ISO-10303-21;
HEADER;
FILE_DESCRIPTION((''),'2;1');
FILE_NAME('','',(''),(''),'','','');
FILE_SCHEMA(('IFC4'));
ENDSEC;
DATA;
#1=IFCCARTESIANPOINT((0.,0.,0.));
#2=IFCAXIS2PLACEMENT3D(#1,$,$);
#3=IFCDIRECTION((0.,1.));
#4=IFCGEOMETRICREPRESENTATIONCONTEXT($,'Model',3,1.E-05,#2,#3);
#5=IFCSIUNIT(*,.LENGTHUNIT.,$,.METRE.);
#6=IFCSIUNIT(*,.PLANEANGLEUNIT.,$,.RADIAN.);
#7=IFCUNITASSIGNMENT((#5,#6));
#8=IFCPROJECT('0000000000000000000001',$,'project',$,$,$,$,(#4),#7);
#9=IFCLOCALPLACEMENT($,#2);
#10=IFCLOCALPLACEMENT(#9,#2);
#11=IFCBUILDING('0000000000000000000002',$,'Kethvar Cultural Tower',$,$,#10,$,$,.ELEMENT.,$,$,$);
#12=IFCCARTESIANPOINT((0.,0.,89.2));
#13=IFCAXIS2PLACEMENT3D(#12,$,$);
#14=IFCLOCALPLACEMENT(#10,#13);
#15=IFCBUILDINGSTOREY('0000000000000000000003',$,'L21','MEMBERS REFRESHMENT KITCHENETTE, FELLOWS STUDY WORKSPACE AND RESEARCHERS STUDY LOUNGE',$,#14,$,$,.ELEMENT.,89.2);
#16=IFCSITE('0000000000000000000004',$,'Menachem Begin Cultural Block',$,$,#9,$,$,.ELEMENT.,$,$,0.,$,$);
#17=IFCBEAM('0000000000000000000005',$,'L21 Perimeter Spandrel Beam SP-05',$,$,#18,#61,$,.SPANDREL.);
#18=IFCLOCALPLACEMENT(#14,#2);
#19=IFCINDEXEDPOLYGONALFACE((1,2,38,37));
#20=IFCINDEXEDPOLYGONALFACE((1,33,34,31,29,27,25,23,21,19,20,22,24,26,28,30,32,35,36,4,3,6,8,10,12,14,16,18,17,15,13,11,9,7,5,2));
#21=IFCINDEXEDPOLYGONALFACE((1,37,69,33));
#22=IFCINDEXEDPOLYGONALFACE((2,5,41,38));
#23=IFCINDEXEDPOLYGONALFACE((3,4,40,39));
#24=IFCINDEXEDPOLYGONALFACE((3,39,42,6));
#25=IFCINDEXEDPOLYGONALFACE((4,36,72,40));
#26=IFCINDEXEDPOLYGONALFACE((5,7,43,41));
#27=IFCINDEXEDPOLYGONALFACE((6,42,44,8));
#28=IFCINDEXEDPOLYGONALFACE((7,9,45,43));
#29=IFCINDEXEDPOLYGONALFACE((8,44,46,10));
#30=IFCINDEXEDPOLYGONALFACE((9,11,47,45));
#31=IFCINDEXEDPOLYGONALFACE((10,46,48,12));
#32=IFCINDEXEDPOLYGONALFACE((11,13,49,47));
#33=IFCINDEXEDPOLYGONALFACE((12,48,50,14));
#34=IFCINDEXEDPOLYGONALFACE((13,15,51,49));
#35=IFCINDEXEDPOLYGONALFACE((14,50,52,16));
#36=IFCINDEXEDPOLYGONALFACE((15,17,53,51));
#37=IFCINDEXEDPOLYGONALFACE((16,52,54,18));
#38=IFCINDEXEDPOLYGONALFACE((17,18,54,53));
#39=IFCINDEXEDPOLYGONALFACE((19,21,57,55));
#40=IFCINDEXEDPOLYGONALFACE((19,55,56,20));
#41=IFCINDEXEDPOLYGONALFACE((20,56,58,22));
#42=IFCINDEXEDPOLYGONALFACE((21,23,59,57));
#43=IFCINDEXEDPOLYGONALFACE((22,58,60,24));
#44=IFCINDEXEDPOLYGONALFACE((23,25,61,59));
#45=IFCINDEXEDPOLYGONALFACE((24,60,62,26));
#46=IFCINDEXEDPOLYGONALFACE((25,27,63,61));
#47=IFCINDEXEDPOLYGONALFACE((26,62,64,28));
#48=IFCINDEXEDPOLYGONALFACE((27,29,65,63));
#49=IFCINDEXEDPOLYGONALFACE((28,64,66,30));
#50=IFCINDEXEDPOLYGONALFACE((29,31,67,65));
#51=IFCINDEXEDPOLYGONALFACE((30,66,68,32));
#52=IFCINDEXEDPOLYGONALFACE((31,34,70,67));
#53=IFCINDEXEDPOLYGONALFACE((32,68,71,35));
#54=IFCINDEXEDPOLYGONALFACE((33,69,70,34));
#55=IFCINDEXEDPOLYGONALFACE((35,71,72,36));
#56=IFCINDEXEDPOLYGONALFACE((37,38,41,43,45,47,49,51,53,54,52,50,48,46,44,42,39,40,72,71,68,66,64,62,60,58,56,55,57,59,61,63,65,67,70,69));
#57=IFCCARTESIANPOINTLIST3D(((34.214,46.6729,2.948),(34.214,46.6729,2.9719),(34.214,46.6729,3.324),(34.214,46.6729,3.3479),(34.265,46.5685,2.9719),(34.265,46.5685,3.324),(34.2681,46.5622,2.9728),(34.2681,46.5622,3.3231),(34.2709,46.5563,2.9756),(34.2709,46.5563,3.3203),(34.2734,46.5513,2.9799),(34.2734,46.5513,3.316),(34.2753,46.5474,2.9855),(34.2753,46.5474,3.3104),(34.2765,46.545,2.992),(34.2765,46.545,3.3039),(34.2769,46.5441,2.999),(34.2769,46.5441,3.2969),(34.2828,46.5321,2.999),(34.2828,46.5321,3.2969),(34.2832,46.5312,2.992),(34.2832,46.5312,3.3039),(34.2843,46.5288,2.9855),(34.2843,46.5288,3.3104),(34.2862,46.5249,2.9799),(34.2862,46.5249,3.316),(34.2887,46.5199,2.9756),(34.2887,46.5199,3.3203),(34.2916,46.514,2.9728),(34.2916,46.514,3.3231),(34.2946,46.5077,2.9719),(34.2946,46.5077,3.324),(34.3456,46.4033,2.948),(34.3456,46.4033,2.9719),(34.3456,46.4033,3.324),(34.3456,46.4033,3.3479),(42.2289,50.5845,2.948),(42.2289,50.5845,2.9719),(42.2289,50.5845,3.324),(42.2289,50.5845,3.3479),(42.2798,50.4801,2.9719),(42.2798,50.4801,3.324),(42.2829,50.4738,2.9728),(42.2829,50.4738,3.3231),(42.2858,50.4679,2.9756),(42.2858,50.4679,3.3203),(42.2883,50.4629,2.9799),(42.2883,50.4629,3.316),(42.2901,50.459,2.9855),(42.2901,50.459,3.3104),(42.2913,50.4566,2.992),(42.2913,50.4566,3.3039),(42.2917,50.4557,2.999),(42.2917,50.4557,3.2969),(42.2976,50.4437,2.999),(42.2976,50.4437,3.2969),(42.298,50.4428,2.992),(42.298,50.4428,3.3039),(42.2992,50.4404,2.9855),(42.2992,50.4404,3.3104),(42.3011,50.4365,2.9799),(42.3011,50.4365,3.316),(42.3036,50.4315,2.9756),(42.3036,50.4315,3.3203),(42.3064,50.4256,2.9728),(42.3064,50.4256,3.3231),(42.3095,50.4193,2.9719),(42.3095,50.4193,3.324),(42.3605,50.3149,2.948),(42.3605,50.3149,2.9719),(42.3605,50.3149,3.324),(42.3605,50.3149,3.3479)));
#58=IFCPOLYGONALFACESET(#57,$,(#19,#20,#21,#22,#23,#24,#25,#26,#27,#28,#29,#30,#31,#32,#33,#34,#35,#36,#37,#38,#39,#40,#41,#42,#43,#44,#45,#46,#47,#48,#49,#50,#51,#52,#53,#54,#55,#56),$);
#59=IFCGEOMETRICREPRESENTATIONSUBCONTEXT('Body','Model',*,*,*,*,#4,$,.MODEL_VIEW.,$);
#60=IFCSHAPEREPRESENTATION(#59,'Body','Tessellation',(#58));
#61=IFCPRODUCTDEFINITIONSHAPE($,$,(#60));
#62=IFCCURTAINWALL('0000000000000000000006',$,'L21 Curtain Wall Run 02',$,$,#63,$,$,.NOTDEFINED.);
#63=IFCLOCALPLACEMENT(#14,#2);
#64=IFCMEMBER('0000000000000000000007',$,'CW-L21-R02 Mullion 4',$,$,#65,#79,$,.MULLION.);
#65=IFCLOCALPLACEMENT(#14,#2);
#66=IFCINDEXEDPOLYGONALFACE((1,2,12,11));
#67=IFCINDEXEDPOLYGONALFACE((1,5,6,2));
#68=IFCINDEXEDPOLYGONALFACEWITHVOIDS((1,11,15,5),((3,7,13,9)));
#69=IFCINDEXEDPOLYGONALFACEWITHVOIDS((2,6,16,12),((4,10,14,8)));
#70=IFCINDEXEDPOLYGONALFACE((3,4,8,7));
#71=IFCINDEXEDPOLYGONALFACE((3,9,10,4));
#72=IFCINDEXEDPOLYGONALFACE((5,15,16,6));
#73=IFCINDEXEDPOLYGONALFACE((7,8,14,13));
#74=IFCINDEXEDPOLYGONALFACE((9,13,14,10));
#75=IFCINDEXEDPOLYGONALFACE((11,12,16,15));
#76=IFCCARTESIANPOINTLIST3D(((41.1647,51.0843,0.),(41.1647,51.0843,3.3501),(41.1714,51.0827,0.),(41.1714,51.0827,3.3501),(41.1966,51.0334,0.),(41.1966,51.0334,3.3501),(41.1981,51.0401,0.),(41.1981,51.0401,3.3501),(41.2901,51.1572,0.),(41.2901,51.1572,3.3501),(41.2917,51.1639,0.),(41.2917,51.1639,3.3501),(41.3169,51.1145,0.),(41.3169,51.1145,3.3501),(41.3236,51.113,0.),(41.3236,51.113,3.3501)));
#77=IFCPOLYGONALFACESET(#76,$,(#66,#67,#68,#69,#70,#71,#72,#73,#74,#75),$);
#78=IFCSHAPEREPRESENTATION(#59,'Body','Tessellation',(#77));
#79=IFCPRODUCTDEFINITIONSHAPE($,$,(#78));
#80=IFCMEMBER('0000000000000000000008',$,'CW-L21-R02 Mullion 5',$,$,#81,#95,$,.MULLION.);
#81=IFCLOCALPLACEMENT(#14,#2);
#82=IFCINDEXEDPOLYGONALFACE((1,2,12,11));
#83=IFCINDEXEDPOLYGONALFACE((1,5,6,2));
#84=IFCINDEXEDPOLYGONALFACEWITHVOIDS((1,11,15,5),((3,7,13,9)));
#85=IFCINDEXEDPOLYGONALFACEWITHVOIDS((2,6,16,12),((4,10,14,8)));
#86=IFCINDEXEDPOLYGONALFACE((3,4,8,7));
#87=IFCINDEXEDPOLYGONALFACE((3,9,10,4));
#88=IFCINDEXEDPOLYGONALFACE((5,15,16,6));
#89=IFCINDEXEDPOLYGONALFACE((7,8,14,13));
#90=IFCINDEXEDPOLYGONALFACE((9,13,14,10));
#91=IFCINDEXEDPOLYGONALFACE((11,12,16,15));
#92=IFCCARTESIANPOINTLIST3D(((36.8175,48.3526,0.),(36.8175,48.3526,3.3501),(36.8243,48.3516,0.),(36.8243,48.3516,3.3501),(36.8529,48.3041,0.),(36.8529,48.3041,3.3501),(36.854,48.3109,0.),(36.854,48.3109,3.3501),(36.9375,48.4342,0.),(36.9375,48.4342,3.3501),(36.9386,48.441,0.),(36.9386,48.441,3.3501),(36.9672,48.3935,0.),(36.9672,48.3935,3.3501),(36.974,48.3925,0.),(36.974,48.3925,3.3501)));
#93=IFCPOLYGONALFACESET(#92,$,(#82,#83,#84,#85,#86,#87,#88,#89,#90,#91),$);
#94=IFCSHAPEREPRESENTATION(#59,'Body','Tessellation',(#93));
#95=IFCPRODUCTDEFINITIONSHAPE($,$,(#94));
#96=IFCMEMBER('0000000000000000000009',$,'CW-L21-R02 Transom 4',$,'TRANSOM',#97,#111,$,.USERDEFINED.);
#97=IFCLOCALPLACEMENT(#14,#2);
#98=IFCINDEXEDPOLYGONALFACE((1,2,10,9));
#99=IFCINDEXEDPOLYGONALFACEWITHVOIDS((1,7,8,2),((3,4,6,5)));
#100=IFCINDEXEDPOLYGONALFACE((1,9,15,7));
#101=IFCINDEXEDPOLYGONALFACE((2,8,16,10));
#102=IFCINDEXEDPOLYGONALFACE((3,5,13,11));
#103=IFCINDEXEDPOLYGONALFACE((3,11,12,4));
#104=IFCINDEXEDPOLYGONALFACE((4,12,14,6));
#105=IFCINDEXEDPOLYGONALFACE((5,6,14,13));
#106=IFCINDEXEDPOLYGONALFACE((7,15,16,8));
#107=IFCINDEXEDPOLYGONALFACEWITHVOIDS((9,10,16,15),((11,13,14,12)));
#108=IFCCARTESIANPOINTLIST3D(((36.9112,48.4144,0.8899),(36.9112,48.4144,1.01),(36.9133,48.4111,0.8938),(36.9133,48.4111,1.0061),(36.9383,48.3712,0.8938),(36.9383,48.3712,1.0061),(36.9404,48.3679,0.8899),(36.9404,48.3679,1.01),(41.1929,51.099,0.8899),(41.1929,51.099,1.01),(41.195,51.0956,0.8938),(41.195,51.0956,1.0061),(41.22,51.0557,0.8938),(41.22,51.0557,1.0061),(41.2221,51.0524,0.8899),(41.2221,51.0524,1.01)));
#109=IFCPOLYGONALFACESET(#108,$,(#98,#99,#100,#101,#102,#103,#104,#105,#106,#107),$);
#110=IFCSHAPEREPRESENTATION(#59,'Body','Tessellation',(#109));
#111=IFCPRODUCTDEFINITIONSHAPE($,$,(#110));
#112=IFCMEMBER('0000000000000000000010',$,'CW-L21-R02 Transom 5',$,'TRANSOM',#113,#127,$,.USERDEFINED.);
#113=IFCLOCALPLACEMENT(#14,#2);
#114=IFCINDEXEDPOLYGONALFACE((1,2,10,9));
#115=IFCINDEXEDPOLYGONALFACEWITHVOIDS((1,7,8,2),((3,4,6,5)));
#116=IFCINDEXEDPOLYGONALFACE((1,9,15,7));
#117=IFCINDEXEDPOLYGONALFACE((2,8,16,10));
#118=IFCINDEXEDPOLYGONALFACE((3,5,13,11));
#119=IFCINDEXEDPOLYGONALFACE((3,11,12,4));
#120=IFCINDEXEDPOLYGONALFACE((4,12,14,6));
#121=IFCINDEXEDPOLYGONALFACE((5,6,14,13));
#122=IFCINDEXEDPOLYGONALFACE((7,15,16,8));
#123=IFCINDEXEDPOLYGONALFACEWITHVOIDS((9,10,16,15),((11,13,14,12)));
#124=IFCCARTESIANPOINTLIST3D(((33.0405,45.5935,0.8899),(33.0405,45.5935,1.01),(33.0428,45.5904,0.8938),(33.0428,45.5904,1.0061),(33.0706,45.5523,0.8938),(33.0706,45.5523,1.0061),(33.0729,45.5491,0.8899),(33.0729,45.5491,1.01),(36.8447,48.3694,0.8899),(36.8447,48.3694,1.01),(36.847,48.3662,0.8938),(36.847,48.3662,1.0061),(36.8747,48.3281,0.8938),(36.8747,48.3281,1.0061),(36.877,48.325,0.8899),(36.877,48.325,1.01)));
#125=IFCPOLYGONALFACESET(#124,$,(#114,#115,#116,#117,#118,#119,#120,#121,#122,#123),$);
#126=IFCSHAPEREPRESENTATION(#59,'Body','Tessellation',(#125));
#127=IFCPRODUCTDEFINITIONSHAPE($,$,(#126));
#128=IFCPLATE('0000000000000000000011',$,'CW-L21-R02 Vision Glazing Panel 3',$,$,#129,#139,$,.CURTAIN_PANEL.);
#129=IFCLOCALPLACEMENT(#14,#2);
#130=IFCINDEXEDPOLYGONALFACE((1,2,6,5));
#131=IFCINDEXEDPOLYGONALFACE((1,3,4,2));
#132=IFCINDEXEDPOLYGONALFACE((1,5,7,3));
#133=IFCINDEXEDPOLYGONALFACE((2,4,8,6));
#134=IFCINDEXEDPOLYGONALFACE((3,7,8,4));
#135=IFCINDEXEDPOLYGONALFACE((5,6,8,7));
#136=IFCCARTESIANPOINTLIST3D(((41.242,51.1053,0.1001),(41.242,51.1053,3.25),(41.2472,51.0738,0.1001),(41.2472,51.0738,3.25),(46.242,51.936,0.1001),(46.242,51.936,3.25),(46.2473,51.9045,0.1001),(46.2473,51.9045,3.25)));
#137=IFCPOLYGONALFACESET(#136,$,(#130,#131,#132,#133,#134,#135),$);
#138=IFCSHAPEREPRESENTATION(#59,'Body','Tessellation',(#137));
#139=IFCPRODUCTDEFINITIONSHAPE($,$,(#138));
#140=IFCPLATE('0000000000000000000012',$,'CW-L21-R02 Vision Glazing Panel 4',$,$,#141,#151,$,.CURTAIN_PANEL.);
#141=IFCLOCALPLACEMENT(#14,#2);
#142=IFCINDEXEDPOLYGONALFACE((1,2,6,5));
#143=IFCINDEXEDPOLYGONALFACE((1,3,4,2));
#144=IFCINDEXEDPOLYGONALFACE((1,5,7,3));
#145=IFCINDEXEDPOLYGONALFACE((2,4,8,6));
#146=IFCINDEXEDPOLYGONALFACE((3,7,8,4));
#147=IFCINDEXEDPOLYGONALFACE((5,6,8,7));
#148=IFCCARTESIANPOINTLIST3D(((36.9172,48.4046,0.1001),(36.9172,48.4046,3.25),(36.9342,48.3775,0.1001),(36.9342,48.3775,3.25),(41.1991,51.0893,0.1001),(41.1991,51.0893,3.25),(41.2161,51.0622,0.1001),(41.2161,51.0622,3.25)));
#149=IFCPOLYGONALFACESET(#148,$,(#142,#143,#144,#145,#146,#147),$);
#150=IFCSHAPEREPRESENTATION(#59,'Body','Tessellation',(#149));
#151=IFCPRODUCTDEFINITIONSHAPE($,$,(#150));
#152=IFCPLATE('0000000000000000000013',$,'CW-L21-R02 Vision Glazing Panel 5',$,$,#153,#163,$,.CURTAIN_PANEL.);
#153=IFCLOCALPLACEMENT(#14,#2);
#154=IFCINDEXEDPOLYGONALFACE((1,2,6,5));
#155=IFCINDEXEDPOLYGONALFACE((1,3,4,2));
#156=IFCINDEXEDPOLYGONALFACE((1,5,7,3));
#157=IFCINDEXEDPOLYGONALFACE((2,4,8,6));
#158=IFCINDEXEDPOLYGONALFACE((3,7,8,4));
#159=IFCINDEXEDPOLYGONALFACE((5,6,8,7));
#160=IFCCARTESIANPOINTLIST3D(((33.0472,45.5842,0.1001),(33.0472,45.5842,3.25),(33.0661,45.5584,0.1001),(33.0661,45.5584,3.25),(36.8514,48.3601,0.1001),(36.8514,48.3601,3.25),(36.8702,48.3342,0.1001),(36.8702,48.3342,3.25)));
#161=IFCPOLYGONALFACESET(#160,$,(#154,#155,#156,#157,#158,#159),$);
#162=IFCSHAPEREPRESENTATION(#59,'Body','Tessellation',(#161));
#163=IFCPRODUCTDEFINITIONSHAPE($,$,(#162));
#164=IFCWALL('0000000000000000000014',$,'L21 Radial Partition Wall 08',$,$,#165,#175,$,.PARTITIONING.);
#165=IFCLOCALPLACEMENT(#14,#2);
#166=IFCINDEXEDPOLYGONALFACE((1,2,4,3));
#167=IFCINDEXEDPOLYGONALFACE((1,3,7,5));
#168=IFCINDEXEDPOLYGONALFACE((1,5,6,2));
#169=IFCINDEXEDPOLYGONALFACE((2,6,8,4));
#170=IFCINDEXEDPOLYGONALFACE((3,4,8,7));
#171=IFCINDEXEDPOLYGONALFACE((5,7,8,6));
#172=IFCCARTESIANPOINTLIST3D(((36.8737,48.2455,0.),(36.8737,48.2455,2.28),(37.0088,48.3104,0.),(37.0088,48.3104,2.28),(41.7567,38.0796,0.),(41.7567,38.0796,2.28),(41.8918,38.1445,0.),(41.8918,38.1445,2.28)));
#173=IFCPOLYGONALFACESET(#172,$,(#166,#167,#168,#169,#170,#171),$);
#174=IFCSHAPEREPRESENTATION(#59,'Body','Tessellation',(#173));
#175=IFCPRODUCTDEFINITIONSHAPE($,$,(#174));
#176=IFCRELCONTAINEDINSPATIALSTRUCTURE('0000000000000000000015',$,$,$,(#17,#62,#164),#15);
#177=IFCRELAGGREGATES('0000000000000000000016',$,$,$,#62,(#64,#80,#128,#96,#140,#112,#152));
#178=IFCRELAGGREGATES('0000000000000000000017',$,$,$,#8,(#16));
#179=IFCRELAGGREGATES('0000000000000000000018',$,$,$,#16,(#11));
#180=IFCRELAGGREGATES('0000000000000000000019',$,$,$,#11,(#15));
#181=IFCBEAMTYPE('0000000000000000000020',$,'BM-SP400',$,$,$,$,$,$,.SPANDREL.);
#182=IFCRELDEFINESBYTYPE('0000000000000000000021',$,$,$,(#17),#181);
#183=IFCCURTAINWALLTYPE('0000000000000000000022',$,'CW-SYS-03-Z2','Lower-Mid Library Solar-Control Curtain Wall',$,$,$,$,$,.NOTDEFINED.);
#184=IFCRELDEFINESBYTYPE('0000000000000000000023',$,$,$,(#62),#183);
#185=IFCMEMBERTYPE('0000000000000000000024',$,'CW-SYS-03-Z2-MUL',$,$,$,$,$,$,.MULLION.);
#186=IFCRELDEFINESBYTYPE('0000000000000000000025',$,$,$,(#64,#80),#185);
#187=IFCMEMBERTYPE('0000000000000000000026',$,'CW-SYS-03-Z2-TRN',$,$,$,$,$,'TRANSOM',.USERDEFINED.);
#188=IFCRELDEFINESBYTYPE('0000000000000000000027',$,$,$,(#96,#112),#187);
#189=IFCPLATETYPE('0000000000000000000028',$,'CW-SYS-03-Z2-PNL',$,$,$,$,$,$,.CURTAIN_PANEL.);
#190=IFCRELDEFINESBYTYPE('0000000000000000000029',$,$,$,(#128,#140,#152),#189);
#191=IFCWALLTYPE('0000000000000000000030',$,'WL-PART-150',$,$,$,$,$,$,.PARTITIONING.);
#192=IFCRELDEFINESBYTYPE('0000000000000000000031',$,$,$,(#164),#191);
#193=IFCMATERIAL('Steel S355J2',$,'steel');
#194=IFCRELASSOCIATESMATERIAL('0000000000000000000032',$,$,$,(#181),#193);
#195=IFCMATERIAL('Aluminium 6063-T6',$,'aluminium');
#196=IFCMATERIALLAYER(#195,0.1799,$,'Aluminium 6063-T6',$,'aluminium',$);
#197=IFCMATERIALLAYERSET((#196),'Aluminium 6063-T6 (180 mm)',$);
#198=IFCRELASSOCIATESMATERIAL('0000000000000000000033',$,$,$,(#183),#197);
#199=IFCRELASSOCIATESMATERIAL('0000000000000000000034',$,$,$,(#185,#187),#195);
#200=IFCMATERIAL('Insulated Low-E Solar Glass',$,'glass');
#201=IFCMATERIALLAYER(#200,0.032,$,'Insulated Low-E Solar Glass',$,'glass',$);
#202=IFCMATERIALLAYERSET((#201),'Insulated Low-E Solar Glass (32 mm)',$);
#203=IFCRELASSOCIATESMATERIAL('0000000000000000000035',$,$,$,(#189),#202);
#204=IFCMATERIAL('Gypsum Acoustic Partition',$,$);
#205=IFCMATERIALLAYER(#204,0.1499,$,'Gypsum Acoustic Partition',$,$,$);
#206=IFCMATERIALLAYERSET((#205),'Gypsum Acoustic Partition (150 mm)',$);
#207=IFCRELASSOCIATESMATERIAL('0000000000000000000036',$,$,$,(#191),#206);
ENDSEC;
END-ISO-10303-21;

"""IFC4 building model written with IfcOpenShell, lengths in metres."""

from ifc_helpers import new_model, si_unit, direction, frame, frame_2d, origin, origin_2d, place, context, subcontext, project, spatial, rectangle, hollow_rectangle, i_section, extrude, source, transform, mapped, material, layer, layer_set, material_profile, profile_set, type_object, element, aggregate, save


model = new_model("IFC4")

# Units and contexts
model_context = context("Model", 3, precision=1e-05, world=origin(), true_north=direction((0.0, 1.0)))
body_context = subcontext(model_context, "Body", "Model", "MODEL_VIEW")
ifc_project = project(units=[si_unit("LENGTHUNIT", "METRE"), si_unit("PLANEANGLEUNIT", "RADIAN")], contexts=[model_context])

# Site, building, storey
site_placement = place(None, origin())
site = spatial("IfcSite", under=ifc_project, at=site_placement, Name="Menachem Begin Cultural Block", CompositionType="ELEMENT", RefElevation=0.0)
building_placement = place(site_placement, origin())
building = spatial("IfcBuilding", under=site, at=building_placement, Name="Kethvar Cultural Tower", CompositionType="ELEMENT")
storey_placement = place(building_placement, frame((0.0, 0.0, 89.2)))
storey = spatial("IfcBuildingStorey", under=building, at=storey_placement, Name="L21", Description="MEMBERS REFRESHMENT KITCHENETTE, FELLOWS STUDY WORKSPACE AND RESEARCHERS STUDY LOUNGE", CompositionType="ELEMENT", Elevation=89.2)

# Beam
ifc_material_1 = material(Name="Steel S355J2", Category="steel")
ifc_material_profile_1 = material_profile(ifc_material_1, i_section(OverallWidth=0.3, OverallDepth=0.3999, WebThickness=0.0134, FlangeThickness=0.0239, FilletRadius=0.0271, at=origin_2d()), Name="Steel S355J2 — HEB400")
ifc_profile_set_1 = profile_set([ifc_material_profile_1], Name="Steel S355J2 — HEB400")
beam_type_1 = type_object("IfcBeamType", Name="BM-SP400", PredefinedType="SPANDREL", material=ifc_profile_set_1)
shared_shape_1 = source(origin(), body_context, "Body", "SweptSolid", [
    extrude(i_section(OverallWidth=0.3, OverallDepth=0.3999, WebThickness=0.0134, FlangeThickness=0.0239, FilletRadius=0.0271, at=origin_2d()), origin(), (0.0, 0.0, 1.0), 8.9185),
])
beam_1_placement = place(storey_placement, frame((42.2947, 50.4497, 3.1479), z_axis=(-0.898684, -0.438597, 0.0), x_axis=(0.438597, -0.898684, 0.0)))
element("IfcBeam", 1, at=beam_1_placement, inside=storey, type_object=beam_type_1, Name="L21 Perimeter Spandrel Beam SP-05", PredefinedType="SPANDREL", context=body_context, shape_type="MappedRepresentation", body=[
    mapped(shared_shape_1, transform((0.0, 0.0, 0.0), scale=1.0)),
])

# Curtain wall, members, plates
ifc_material_2 = material(Name="Aluminium 6063-T6", Category="aluminium")
ifc_layer_1 = layer(ifc_material_2, 0.1799, Name="Aluminium 6063-T6", Category="aluminium")
ifc_layer_set_1 = layer_set([ifc_layer_1], Name="Aluminium 6063-T6 (180 mm)")
curtain_wall_type = type_object("IfcCurtainWallType", Name="CW-SYS-03-Z2", Description="Lower-Mid Library Solar-Control Curtain Wall", PredefinedType="NOTDEFINED", material=ifc_layer_set_1)
curtain_wall_placement = place(storey_placement, origin())
curtain_wall = element("IfcCurtainWall", 2, at=curtain_wall_placement, inside=storey, type_object=curtain_wall_type, Name="L21 Curtain Wall Run 02", PredefinedType="NOTDEFINED")
ifc_material_profile_2 = material_profile(ifc_material_2, hollow_rectangle(XDim=0.0601, YDim=0.1499, WallThickness=0.0049, at=origin_2d()), Name="Aluminium 6063-T6 — RHS150x60x5")
ifc_profile_set_2 = profile_set([ifc_material_profile_2], Name="Aluminium 6063-T6 — RHS150x60x5")
member_type_1 = type_object("IfcMemberType", Name="CW-SYS-03-Z2-MUL", PredefinedType="MULLION", material=ifc_profile_set_2)
shared_shape_2 = source(origin(), body_context, "Body", "SweptSolid", [
    extrude(hollow_rectangle(XDim=0.0601, YDim=0.1499, WallThickness=0.0049, at=origin_2d()), origin(), (0.0, 0.0, 1.0), 3.3501),
])
member_1_placement = place(storey_placement, frame((41.2441, 51.0986, 0.0), z_axis=(0.0, 0.0, 1.0), x_axis=(0.531192, -0.847252, 0.0)))
member_1 = element("IfcMember", 3, at=member_1_placement, type_object=member_type_1, Name="CW-L21-R02 Mullion 4", PredefinedType="MULLION", context=body_context, shape_type="MappedRepresentation", body=[
    mapped(shared_shape_2, transform((0.0, 0.0, 0.0), scale=1.0)),
])
member_2_placement = place(storey_placement, frame((36.8958, 48.3726, 0.0), z_axis=(0.0, 0.0, 1.0), x_axis=(0.58945, -0.807805, 0.0)))
member_2 = element("IfcMember", 4, at=member_2_placement, type_object=member_type_1, Name="CW-L21-R02 Mullion 5", PredefinedType="MULLION", context=body_context, shape_type="MappedRepresentation", body=[
    mapped(shared_shape_2, transform((0.0, 0.0, 0.0), scale=1.0)),
])
ifc_material_profile_3 = material_profile(ifc_material_2, hollow_rectangle(XDim=0.0549, YDim=0.1201, WallThickness=0.0039, at=origin_2d()), Name="Aluminium 6063-T6 — RHS120x55x4")
ifc_profile_set_3 = profile_set([ifc_material_profile_3], Name="Aluminium 6063-T6 — RHS120x55x4")
member_type_2 = type_object("IfcMemberType", Name="CW-SYS-03-Z2-TRN", ElementType="TRANSOM", PredefinedType="USERDEFINED", material=ifc_profile_set_3)
shared_shape_3 = source(origin(), body_context, "Body", "SweptSolid", [
    extrude(hollow_rectangle(XDim=0.0549, YDim=0.1201, WallThickness=0.0039, at=origin_2d()), origin(), (0.0, 0.0, 1.0), 5.0537),
])
member_3_placement = place(storey_placement, frame((41.2075, 51.0757, 0.95), z_axis=(-0.847243, -0.531206, 0.0), x_axis=(0.531206, -0.847243, 0.0)))
member_3 = element("IfcMember", 5, at=member_3_placement, type_object=member_type_2, Name="CW-L21-R02 Transom 4", ObjectType="TRANSOM", PredefinedType="USERDEFINED", context=body_context, shape_type="MappedRepresentation", body=[
    mapped(shared_shape_3, transform((0.0, 0.0, 0.0), scale=1.0)),
])
shared_shape_4 = source(origin(), body_context, "Body", "SweptSolid", [
    extrude(hollow_rectangle(XDim=0.0549, YDim=0.1201, WallThickness=0.0039, at=origin_2d()), origin(), (0.0, 0.0, 1.0), 4.7092),
])
member_4_placement = place(storey_placement, frame((36.8608, 48.3472, 0.95), z_axis=(-0.807807, -0.589447, 0.0), x_axis=(0.589447, -0.807807, 0.0)))
member_4 = element("IfcMember", 6, at=member_4_placement, type_object=member_type_2, Name="CW-L21-R02 Transom 5", ObjectType="TRANSOM", PredefinedType="USERDEFINED", context=body_context, shape_type="MappedRepresentation", body=[
    mapped(shared_shape_4, transform((0.0, 0.0, 0.0), scale=1.0)),
])
ifc_material_3 = material(Name="Insulated Low-E Solar Glass", Category="glass")
ifc_layer_2 = layer(ifc_material_3, 0.032, Name="Insulated Low-E Solar Glass", Category="glass")
ifc_layer_set_2 = layer_set([ifc_layer_2], Name="Insulated Low-E Solar Glass (32 mm)")
plate_type = type_object("IfcPlateType", Name="CW-SYS-03-Z2-PNL", PredefinedType="CURTAIN_PANEL", material=ifc_layer_set_2)
shared_shape_5 = source(origin(), body_context, "Body", "SweptSolid", [
    extrude(rectangle(XDim=5.0686, YDim=0.032, at=origin_2d()), origin(), (0.0, 0.0, 1.0), 3.1499),
])
plate_1_placement = place(storey_placement, frame((43.7446, 51.5049, 0.1001), z_axis=(0.0, 0.0, 1.0), x_axis=(-0.986478, -0.163894, 0.0)))
plate_1 = element("IfcPlate", 7, at=plate_1_placement, type_object=plate_type, Name="CW-L21-R02 Vision Glazing Panel 3", PredefinedType="CURTAIN_PANEL", context=body_context, shape_type="MappedRepresentation", body=[
    mapped(shared_shape_5, transform((0.0, 0.0, 0.0), scale=1.0)),
])
shared_shape_6 = source(origin(), body_context, "Body", "SweptSolid", [
    extrude(rectangle(XDim=5.054, YDim=0.032, at=origin_2d()), origin(), (0.0, 0.0, 1.0), 3.1499),
])
plate_2_placement = place(storey_placement, frame((39.0667, 49.7334, 0.1001), z_axis=(0.0, 0.0, 1.0), x_axis=(-0.847252, -0.531192, 0.0)))
plate_2 = element("IfcPlate", 8, at=plate_2_placement, type_object=plate_type, Name="CW-L21-R02 Vision Glazing Panel 4", PredefinedType="CURTAIN_PANEL", context=body_context, shape_type="MappedRepresentation", body=[
    mapped(shared_shape_6, transform((0.0, 0.0, 0.0), scale=1.0)),
])
shared_shape_7 = source(origin(), body_context, "Body", "SweptSolid", [
    extrude(rectangle(XDim=4.7092, YDim=0.032, at=origin_2d()), origin(), (0.0, 0.0, 1.0), 3.1499),
])
plate_3_placement = place(storey_placement, frame((34.9587, 46.9592, 0.1001), z_axis=(0.0, 0.0, 1.0), x_axis=(-0.807805, -0.58945, 0.0)))
plate_3 = element("IfcPlate", 9, at=plate_3_placement, type_object=plate_type, Name="CW-L21-R02 Vision Glazing Panel 5", PredefinedType="CURTAIN_PANEL", context=body_context, shape_type="MappedRepresentation", body=[
    mapped(shared_shape_7, transform((0.0, 0.0, 0.0), scale=1.0)),
])
aggregate(curtain_wall, [member_1, member_2, plate_1, member_3, plate_2, member_4, plate_3])

# Wall
ifc_material_4 = material(Name="Gypsum Acoustic Partition")
ifc_layer_3 = layer(ifc_material_4, 0.1499, Name="Gypsum Acoustic Partition")
ifc_layer_set_3 = layer_set([ifc_layer_3], Name="Gypsum Acoustic Partition (150 mm)")
wall_type = type_object("IfcWallType", Name="WL-PART-150", PredefinedType="PARTITIONING", material=ifc_layer_set_3)
wall_placement = place(storey_placement, frame((41.8242, 38.1121, 0.0), z_axis=(0.0, 0.0, 1.0), x_axis=(-0.432974, 0.901406, 0.0)))
element("IfcWall", 10, at=wall_placement, inside=storey, type_object=wall_type, Name="L21 Radial Partition Wall 08", PredefinedType="PARTITIONING", context=body_context, shape_type="SweptSolid", body=[
    extrude(rectangle(XDim=11.2778, YDim=0.1499, at=frame_2d((5.6389, 0.0))), origin(), (0.0, 0.0, 1.0), 2.28),
])

save(model, "model.ifc")
